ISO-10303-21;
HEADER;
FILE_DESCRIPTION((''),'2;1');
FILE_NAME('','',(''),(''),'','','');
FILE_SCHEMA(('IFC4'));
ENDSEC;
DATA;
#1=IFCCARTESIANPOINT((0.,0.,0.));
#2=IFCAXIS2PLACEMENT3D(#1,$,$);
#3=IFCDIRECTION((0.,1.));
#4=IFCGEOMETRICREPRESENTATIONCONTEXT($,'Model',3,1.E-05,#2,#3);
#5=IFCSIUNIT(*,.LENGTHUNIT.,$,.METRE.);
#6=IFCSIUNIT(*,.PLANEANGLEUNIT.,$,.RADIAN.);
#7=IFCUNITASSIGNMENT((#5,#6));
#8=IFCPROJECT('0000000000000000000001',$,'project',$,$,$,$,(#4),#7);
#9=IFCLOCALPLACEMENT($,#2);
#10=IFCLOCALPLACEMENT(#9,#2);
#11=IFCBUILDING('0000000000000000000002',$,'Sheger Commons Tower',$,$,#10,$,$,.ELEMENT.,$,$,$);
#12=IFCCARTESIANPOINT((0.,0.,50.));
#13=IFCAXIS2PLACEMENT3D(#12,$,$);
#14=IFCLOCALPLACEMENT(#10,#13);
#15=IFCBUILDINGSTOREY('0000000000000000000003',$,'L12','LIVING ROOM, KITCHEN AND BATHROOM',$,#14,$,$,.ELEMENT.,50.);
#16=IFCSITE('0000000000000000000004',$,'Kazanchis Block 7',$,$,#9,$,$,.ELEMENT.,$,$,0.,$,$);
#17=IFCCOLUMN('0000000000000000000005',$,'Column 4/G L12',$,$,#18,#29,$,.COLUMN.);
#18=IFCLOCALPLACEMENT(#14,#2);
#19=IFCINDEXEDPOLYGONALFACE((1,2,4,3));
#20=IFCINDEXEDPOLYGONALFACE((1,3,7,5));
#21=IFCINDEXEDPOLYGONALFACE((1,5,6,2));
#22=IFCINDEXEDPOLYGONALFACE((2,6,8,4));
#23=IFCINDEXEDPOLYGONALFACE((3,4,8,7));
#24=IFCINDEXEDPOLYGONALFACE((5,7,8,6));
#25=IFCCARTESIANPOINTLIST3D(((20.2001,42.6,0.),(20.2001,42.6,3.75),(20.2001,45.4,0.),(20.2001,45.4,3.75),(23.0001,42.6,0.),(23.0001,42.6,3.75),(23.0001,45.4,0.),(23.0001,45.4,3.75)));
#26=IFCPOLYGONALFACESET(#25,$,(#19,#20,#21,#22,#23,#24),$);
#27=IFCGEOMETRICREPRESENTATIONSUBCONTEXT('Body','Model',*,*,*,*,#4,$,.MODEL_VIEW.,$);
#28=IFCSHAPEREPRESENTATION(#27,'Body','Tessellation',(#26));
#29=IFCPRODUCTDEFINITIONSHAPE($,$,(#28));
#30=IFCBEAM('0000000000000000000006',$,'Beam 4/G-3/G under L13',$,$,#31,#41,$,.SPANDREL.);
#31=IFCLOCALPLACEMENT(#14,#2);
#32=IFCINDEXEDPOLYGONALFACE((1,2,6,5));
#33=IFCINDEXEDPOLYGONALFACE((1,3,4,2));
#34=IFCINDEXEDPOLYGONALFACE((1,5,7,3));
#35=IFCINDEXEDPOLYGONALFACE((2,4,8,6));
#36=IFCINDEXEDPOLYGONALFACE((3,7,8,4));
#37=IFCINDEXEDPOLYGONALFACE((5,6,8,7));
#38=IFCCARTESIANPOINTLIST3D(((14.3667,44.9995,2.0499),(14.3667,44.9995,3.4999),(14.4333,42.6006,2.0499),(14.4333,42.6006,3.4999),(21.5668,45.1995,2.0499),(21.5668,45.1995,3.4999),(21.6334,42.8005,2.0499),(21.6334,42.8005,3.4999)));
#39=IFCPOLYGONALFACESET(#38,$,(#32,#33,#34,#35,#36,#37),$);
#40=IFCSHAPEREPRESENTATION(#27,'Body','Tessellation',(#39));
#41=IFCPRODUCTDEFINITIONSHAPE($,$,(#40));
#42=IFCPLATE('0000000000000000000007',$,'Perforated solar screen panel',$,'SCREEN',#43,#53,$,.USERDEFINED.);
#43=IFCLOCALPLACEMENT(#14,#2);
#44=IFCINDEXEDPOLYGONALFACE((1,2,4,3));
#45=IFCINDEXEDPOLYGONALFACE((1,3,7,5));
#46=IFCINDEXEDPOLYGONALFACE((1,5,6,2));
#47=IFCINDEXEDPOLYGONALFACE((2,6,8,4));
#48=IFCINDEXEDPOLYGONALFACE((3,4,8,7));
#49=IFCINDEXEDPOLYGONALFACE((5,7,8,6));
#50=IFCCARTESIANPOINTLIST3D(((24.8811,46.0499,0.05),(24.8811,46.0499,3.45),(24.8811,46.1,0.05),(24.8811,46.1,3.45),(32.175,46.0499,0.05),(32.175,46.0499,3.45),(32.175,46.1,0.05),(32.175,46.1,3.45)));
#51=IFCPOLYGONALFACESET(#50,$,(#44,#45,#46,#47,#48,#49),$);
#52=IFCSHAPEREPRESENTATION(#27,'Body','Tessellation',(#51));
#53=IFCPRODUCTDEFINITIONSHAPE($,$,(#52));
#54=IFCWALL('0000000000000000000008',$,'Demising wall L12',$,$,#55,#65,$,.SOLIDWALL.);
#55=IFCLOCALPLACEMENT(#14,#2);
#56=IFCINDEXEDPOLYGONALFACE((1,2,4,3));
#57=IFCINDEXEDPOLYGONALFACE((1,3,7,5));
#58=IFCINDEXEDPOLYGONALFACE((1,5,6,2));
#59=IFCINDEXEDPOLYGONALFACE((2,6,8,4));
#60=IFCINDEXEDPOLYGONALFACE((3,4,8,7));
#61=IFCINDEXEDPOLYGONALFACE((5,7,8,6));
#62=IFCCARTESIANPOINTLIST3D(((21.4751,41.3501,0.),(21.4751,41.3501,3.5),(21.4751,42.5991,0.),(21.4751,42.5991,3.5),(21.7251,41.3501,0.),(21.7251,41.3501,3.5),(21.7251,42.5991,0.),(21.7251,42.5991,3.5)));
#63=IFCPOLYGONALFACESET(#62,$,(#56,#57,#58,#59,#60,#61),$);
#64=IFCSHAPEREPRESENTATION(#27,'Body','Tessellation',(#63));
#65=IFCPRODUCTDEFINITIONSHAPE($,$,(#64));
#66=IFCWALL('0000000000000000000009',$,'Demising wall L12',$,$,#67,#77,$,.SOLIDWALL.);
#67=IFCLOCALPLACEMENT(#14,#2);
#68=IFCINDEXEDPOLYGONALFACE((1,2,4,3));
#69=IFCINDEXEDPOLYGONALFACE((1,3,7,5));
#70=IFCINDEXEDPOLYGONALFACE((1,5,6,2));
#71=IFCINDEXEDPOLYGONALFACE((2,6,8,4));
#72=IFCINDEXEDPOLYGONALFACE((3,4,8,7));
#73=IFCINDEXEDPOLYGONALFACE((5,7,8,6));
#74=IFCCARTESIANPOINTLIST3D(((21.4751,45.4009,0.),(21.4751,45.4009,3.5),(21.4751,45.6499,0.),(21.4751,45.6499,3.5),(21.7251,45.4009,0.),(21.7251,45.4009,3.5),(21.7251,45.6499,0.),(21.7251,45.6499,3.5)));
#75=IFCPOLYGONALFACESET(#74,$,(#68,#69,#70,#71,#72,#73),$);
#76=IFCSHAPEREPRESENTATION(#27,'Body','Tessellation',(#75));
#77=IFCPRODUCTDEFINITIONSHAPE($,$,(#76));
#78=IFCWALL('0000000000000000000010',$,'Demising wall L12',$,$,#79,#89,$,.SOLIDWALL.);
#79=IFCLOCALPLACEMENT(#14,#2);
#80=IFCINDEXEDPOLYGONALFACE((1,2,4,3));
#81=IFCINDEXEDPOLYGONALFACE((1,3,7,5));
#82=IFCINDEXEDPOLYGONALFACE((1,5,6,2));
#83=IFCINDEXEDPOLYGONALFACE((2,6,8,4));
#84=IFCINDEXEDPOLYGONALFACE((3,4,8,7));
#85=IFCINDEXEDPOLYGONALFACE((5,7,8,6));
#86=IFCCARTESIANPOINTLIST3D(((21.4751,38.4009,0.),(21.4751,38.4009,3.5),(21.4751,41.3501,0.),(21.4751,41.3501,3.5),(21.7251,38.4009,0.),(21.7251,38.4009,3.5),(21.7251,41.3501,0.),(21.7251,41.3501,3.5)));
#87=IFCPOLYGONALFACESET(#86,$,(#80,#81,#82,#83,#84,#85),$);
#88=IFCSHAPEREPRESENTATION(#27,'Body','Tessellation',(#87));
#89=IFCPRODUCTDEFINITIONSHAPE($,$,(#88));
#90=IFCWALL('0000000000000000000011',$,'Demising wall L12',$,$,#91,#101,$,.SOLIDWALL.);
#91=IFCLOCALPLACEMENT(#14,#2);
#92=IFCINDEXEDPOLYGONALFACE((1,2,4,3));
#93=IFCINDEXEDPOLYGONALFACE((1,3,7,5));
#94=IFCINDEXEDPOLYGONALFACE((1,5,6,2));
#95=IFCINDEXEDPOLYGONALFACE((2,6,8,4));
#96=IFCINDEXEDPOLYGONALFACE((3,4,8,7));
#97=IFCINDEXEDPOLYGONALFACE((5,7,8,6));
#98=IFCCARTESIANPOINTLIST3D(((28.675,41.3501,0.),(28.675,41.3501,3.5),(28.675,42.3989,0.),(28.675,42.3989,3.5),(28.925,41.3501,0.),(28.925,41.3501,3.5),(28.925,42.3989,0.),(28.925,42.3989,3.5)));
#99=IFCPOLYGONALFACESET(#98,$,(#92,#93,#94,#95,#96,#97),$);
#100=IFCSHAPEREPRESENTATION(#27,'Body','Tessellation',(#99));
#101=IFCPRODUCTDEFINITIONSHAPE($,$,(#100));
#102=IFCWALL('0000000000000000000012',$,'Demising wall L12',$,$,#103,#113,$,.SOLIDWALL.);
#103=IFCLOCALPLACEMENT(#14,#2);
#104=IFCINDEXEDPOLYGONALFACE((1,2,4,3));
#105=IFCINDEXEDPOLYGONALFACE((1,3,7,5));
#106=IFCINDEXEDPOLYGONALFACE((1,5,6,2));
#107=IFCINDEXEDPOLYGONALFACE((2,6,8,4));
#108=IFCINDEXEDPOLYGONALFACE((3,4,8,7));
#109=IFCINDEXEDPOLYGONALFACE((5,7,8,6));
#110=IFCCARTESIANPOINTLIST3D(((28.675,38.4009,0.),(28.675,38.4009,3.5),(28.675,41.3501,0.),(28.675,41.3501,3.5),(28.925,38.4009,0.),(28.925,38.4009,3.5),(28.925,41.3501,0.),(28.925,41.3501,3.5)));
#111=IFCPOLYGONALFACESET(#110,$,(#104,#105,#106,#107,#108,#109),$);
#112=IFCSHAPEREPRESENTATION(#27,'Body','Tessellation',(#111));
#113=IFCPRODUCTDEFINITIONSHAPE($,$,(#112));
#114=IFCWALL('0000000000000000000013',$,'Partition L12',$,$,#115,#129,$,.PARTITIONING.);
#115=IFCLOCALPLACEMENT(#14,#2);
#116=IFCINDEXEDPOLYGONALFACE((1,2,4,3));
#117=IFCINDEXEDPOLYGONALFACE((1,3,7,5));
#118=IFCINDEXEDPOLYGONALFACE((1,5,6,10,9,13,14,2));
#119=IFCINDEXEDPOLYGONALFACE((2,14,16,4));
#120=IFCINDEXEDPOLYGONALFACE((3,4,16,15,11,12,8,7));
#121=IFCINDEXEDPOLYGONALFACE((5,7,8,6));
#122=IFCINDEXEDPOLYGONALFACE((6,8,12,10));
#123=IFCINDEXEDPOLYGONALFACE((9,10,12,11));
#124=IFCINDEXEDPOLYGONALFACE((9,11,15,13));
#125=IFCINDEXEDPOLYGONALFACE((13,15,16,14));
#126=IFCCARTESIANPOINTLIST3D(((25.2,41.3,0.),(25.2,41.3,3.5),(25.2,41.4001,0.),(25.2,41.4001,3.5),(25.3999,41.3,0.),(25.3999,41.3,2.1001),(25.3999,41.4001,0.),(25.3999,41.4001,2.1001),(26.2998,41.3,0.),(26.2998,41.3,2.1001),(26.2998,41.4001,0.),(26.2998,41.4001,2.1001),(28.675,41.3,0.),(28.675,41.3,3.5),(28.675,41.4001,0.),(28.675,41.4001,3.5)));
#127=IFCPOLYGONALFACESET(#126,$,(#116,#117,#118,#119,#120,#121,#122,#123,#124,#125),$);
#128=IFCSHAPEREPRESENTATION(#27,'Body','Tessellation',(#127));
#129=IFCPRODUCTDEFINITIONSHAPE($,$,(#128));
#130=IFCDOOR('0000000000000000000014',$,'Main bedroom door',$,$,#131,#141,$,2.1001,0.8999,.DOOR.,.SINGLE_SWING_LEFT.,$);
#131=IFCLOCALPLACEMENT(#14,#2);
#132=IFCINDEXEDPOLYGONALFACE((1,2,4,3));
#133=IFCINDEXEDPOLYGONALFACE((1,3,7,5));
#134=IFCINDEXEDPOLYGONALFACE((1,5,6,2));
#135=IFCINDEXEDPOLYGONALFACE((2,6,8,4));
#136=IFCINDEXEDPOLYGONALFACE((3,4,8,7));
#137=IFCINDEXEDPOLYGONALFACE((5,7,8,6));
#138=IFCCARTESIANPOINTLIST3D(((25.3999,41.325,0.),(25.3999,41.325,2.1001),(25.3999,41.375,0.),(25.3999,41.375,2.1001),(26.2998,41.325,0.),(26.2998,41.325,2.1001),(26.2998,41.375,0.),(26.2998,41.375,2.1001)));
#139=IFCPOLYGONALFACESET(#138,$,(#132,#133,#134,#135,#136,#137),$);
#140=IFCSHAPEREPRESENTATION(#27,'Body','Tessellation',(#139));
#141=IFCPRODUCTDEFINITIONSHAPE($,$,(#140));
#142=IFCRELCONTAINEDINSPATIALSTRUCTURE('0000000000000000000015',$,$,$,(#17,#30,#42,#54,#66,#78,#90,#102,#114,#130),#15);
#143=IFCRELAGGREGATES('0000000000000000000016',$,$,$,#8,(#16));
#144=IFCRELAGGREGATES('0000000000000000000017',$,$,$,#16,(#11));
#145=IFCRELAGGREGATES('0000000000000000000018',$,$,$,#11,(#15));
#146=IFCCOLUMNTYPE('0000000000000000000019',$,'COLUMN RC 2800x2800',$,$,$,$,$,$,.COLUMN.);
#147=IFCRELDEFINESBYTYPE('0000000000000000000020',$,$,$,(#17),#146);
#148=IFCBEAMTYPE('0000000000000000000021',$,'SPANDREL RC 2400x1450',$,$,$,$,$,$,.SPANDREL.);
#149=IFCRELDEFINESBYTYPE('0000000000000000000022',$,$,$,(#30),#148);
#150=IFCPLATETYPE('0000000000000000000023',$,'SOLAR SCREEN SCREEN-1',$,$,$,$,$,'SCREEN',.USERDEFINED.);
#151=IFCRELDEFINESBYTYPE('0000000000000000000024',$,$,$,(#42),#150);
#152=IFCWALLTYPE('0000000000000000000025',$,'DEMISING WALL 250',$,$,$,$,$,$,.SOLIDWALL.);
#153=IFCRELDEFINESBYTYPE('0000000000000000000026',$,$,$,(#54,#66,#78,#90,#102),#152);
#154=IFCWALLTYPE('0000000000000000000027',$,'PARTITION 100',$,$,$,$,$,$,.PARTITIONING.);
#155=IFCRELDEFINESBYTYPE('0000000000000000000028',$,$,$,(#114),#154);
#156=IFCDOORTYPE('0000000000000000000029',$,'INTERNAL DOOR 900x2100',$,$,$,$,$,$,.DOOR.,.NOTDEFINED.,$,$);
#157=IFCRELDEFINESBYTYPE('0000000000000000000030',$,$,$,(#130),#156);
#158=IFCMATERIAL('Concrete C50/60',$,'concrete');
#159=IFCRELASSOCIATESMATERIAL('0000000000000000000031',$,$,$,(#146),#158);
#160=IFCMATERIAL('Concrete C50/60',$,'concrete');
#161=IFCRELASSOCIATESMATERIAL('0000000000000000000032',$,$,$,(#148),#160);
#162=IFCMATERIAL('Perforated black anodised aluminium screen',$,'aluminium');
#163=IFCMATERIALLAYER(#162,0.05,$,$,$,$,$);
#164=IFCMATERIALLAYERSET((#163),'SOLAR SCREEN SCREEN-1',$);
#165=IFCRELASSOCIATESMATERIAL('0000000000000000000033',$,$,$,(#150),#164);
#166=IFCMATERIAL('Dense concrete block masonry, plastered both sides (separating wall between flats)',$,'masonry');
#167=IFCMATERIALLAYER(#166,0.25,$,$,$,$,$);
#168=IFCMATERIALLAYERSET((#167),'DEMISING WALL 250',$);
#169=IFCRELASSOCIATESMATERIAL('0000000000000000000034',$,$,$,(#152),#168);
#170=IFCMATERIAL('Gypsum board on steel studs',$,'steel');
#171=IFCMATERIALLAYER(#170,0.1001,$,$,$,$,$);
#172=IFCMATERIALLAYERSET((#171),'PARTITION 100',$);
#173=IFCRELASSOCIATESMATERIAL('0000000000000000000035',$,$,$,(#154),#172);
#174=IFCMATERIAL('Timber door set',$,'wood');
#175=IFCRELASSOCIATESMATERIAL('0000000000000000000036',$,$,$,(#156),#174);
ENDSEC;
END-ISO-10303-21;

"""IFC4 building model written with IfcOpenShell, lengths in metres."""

from ifc_helpers import new_model, si_unit, direction, frame, frame_2d, origin, origin_2d, place, context, subcontext, project, spatial, rectangle, extrude, material, layer, layer_set, material_profile, profile_set, type_object, element, fill, save


model = new_model("IFC4")

# Units and contexts
model_context = context("Model", 3, precision=1e-05, world=origin(), true_north=direction((0.0, 1.0)))
body_context = subcontext(model_context, "Body", "Model", "MODEL_VIEW")
ifc_project = project(units=[si_unit("LENGTHUNIT", "METRE"), si_unit("PLANEANGLEUNIT", "RADIAN")], contexts=[model_context])

# Site, building, storey
site_placement = place(None, origin())
site = spatial("IfcSite", under=ifc_project, at=site_placement, Name="Kazanchis Block 7", CompositionType="ELEMENT", RefElevation=0.0)
building_placement = place(site_placement, origin())
building = spatial("IfcBuilding", under=site, at=building_placement, Name="Sheger Commons Tower", CompositionType="ELEMENT")
storey_placement = place(building_placement, frame((0.0, 0.0, 50.0)))
storey = spatial("IfcBuildingStorey", under=building, at=storey_placement, Name="L12", Description="LIVING ROOM, KITCHEN AND BATHROOM", CompositionType="ELEMENT", Elevation=50.0)

# Column
ifc_material_1 = material(Name="Concrete C50/60", Category="concrete")
ifc_material_profile_1 = material_profile(ifc_material_1, rectangle(XDim=2.8, YDim=2.8, at=origin_2d()), Name="RC 2800x2800")
ifc_profile_set_1 = profile_set([ifc_material_profile_1], Name="Concrete C50/60")
column_type = type_object("IfcColumnType", Name="COLUMN RC 2800x2800", PredefinedType="COLUMN", material=ifc_profile_set_1)
column_placement = place(storey_placement, frame((21.6001, 44.0, 0.0), z_axis=(0.0, 0.0, 1.0), x_axis=(1.0, 0.0, 0.0)))
element("IfcColumn", 1, at=column_placement, inside=storey, type_object=column_type, Name="Column 4/G L12", PredefinedType="COLUMN", context=body_context, shape_type="SweptSolid", body=[
    extrude(rectangle(XDim=2.8, YDim=2.8, at=origin_2d()), origin(), (0.0, 0.0, 1.0), 3.75),
])

# Beam
ifc_material_2 = material(Name="Concrete C50/60", Category="concrete")
ifc_material_profile_2 = material_profile(ifc_material_2, rectangle(XDim=2.3999, YDim=1.45, at=origin_2d()), Name="RC 2400x1450")
ifc_profile_set_2 = profile_set([ifc_material_profile_2], Name="Concrete C50/60")
beam_type = type_object("IfcBeamType", Name="SPANDREL RC 2400x1450", PredefinedType="SPANDREL", material=ifc_profile_set_2)
beam_placement = place(storey_placement, frame((21.6001, 44.0, 2.7749), z_axis=(-0.999615, -0.02776, 0.0), x_axis=(0.02776, -0.999615, 0.0)))
element("IfcBeam", 2, at=beam_placement, inside=storey, type_object=beam_type, Name="Beam 4/G-3/G under L13", PredefinedType="SPANDREL", context=body_context, shape_type="SweptSolid", body=[
    extrude(rectangle(XDim=2.3999, YDim=1.45, at=origin_2d()), origin(), (0.0, 0.0, 1.0), 7.2029),
])

# Plate
ifc_material_3 = material(Name="Perforated black anodised aluminium screen", Category="aluminium")
ifc_layer_1 = layer(ifc_material_3, 0.05)
ifc_layer_set_1 = layer_set([ifc_layer_1], Name="SOLAR SCREEN SCREEN-1")
plate_type = type_object("IfcPlateType", Name="SOLAR SCREEN SCREEN-1", ElementType="SCREEN", PredefinedType="USERDEFINED", material=ifc_layer_set_1)
plate_placement = place(storey_placement, frame((28.5281, 46.075, 0.05), z_axis=(0.0, 0.0, 1.0), x_axis=(-1.0, 0.0, 0.0)))
element("IfcPlate", 3, at=plate_placement, inside=storey, type_object=plate_type, Name="Perforated solar screen panel", ObjectType="SCREEN", PredefinedType="USERDEFINED", context=body_context, shape_type="SweptSolid", body=[
    extrude(rectangle(XDim=7.2939, YDim=0.05, at=origin_2d()), origin(), (0.0, 0.0, 1.0), 3.3999),
])

# Walls
ifc_material_4 = material(Name="Dense concrete block masonry, plastered both sides (separating wall between flats)", Category="masonry")
ifc_layer_2 = layer(ifc_material_4, 0.25)
ifc_layer_set_2 = layer_set([ifc_layer_2], Name="DEMISING WALL 250")
wall_type_1 = type_object("IfcWallType", Name="DEMISING WALL 250", PredefinedType="SOLIDWALL", material=ifc_layer_set_2)
wall_1_placement = place(storey_placement, frame((21.6001, 41.3501, 0.0), z_axis=(0.0, 0.0, 1.0), x_axis=(0.0, 1.0, 0.0)))
element("IfcWall", 4, at=wall_1_placement, inside=storey, type_object=wall_type_1, Name="Demising wall L12", PredefinedType="SOLIDWALL", context=body_context, shape_type="SweptSolid", body=[
    extrude(rectangle(XDim=1.249, YDim=0.25, at=frame_2d((0.6245, 0.0))), origin(), (0.0, 0.0, 1.0), 3.5),
])
wall_2_placement = place(storey_placement, frame((21.6001, 45.4009, 0.0), z_axis=(0.0, 0.0, 1.0), x_axis=(0.0, 1.0, 0.0)))
element("IfcWall", 5, at=wall_2_placement, inside=storey, type_object=wall_type_1, Name="Demising wall L12", PredefinedType="SOLIDWALL", context=body_context, shape_type="SweptSolid", body=[
    extrude(rectangle(XDim=0.249, YDim=0.25, at=frame_2d((0.1245, 0.0))), origin(), (0.0, 0.0, 1.0), 3.5),
])
wall_3_placement = place(storey_placement, frame((21.6001, 38.4009, 0.0), z_axis=(0.0, 0.0, 1.0), x_axis=(0.0, 1.0, 0.0)))
element("IfcWall", 6, at=wall_3_placement, inside=storey, type_object=wall_type_1, Name="Demising wall L12", PredefinedType="SOLIDWALL", context=body_context, shape_type="SweptSolid", body=[
    extrude(rectangle(XDim=2.9492, YDim=0.25, at=frame_2d((1.4746, 0.0))), origin(), (0.0, 0.0, 1.0), 3.5),
])
wall_4_placement = place(storey_placement, frame((28.8, 41.3501, 0.0), z_axis=(0.0, 0.0, 1.0), x_axis=(0.0, 1.0, 0.0)))
element("IfcWall", 7, at=wall_4_placement, inside=storey, type_object=wall_type_1, Name="Demising wall L12", PredefinedType="SOLIDWALL", context=body_context, shape_type="SweptSolid", body=[
    extrude(rectangle(XDim=1.0488, YDim=0.25, at=frame_2d((0.5244, 0.0))), origin(), (0.0, 0.0, 1.0), 3.5),
])
wall_5_placement = place(storey_placement, frame((28.8, 38.4009, 0.0), z_axis=(0.0, 0.0, 1.0), x_axis=(0.0, 1.0, 0.0)))
element("IfcWall", 8, at=wall_5_placement, inside=storey, type_object=wall_type_1, Name="Demising wall L12", PredefinedType="SOLIDWALL", context=body_context, shape_type="SweptSolid", body=[
    extrude(rectangle(XDim=2.9492, YDim=0.25, at=frame_2d((1.4746, 0.0))), origin(), (0.0, 0.0, 1.0), 3.5),
])

# Wall, opening, door
ifc_material_5 = material(Name="Gypsum board on steel studs", Category="steel")
ifc_layer_3 = layer(ifc_material_5, 0.1001)
ifc_layer_set_3 = layer_set([ifc_layer_3], Name="PARTITION 100")
wall_type_2 = type_object("IfcWallType", Name="PARTITION 100", PredefinedType="PARTITIONING", material=ifc_layer_set_3)
wall_6_placement = place(storey_placement, frame((25.2, 41.3501, 0.0), z_axis=(0.0, 0.0, 1.0), x_axis=(1.0, 0.0, 0.0)))
wall_6 = element("IfcWall", 9, at=wall_6_placement, inside=storey, type_object=wall_type_2, Name="Partition L12", PredefinedType="PARTITIONING", context=body_context, shape_type="SweptSolid", body=[
    extrude(rectangle(XDim=3.4751, YDim=0.1001, at=frame_2d((1.7375, 0.0))), origin(), (0.0, 0.0, 1.0), 3.5),
])
opening_1_placement = place(wall_6_placement, frame((0.2, 0.0, 0.0)))
opening_1 = element("IfcOpeningElement", 10, at=opening_1_placement, cuts=wall_6, PredefinedType="OPENING", context=body_context, shape_type="SweptSolid", body=[
    extrude(rectangle(XDim=0.8999, YDim=2.1001, at=frame_2d((0.45, 1.05))), frame((0.0, 0.0601, 0.0), z_axis=(0.0, -1.0, 0.0), x_axis=(1.0, 0.0, 0.0)), (0.0, 0.0, 1.0), 0.1201),
])
ifc_material_6 = material(Name="Timber door set", Category="wood")
door_type = type_object("IfcDoorType", Name="INTERNAL DOOR 900x2100", OperationType="NOTDEFINED", PredefinedType="DOOR", material=ifc_material_6)
door_1_placement = place(opening_1_placement, origin())
door_1 = element("IfcDoor", 11, at=door_1_placement, inside=storey, type_object=door_type, Name="Main bedroom door", OperationType="SINGLE_SWING_LEFT", OverallHeight=2.1001, OverallWidth=0.8999, PredefinedType="DOOR", context=body_context, shape_type="SweptSolid", body=[
    extrude(rectangle(XDim=0.8999, YDim=2.1001, at=frame_2d((0.45, 1.05))), frame((0.0, 0.0249, 0.0), z_axis=(0.0, -1.0, 0.0), x_axis=(1.0, 0.0, 0.0)), (0.0, 0.0, 1.0), 0.05),
])
fill(opening_1, door_1)

save(model, "model.ifc")
